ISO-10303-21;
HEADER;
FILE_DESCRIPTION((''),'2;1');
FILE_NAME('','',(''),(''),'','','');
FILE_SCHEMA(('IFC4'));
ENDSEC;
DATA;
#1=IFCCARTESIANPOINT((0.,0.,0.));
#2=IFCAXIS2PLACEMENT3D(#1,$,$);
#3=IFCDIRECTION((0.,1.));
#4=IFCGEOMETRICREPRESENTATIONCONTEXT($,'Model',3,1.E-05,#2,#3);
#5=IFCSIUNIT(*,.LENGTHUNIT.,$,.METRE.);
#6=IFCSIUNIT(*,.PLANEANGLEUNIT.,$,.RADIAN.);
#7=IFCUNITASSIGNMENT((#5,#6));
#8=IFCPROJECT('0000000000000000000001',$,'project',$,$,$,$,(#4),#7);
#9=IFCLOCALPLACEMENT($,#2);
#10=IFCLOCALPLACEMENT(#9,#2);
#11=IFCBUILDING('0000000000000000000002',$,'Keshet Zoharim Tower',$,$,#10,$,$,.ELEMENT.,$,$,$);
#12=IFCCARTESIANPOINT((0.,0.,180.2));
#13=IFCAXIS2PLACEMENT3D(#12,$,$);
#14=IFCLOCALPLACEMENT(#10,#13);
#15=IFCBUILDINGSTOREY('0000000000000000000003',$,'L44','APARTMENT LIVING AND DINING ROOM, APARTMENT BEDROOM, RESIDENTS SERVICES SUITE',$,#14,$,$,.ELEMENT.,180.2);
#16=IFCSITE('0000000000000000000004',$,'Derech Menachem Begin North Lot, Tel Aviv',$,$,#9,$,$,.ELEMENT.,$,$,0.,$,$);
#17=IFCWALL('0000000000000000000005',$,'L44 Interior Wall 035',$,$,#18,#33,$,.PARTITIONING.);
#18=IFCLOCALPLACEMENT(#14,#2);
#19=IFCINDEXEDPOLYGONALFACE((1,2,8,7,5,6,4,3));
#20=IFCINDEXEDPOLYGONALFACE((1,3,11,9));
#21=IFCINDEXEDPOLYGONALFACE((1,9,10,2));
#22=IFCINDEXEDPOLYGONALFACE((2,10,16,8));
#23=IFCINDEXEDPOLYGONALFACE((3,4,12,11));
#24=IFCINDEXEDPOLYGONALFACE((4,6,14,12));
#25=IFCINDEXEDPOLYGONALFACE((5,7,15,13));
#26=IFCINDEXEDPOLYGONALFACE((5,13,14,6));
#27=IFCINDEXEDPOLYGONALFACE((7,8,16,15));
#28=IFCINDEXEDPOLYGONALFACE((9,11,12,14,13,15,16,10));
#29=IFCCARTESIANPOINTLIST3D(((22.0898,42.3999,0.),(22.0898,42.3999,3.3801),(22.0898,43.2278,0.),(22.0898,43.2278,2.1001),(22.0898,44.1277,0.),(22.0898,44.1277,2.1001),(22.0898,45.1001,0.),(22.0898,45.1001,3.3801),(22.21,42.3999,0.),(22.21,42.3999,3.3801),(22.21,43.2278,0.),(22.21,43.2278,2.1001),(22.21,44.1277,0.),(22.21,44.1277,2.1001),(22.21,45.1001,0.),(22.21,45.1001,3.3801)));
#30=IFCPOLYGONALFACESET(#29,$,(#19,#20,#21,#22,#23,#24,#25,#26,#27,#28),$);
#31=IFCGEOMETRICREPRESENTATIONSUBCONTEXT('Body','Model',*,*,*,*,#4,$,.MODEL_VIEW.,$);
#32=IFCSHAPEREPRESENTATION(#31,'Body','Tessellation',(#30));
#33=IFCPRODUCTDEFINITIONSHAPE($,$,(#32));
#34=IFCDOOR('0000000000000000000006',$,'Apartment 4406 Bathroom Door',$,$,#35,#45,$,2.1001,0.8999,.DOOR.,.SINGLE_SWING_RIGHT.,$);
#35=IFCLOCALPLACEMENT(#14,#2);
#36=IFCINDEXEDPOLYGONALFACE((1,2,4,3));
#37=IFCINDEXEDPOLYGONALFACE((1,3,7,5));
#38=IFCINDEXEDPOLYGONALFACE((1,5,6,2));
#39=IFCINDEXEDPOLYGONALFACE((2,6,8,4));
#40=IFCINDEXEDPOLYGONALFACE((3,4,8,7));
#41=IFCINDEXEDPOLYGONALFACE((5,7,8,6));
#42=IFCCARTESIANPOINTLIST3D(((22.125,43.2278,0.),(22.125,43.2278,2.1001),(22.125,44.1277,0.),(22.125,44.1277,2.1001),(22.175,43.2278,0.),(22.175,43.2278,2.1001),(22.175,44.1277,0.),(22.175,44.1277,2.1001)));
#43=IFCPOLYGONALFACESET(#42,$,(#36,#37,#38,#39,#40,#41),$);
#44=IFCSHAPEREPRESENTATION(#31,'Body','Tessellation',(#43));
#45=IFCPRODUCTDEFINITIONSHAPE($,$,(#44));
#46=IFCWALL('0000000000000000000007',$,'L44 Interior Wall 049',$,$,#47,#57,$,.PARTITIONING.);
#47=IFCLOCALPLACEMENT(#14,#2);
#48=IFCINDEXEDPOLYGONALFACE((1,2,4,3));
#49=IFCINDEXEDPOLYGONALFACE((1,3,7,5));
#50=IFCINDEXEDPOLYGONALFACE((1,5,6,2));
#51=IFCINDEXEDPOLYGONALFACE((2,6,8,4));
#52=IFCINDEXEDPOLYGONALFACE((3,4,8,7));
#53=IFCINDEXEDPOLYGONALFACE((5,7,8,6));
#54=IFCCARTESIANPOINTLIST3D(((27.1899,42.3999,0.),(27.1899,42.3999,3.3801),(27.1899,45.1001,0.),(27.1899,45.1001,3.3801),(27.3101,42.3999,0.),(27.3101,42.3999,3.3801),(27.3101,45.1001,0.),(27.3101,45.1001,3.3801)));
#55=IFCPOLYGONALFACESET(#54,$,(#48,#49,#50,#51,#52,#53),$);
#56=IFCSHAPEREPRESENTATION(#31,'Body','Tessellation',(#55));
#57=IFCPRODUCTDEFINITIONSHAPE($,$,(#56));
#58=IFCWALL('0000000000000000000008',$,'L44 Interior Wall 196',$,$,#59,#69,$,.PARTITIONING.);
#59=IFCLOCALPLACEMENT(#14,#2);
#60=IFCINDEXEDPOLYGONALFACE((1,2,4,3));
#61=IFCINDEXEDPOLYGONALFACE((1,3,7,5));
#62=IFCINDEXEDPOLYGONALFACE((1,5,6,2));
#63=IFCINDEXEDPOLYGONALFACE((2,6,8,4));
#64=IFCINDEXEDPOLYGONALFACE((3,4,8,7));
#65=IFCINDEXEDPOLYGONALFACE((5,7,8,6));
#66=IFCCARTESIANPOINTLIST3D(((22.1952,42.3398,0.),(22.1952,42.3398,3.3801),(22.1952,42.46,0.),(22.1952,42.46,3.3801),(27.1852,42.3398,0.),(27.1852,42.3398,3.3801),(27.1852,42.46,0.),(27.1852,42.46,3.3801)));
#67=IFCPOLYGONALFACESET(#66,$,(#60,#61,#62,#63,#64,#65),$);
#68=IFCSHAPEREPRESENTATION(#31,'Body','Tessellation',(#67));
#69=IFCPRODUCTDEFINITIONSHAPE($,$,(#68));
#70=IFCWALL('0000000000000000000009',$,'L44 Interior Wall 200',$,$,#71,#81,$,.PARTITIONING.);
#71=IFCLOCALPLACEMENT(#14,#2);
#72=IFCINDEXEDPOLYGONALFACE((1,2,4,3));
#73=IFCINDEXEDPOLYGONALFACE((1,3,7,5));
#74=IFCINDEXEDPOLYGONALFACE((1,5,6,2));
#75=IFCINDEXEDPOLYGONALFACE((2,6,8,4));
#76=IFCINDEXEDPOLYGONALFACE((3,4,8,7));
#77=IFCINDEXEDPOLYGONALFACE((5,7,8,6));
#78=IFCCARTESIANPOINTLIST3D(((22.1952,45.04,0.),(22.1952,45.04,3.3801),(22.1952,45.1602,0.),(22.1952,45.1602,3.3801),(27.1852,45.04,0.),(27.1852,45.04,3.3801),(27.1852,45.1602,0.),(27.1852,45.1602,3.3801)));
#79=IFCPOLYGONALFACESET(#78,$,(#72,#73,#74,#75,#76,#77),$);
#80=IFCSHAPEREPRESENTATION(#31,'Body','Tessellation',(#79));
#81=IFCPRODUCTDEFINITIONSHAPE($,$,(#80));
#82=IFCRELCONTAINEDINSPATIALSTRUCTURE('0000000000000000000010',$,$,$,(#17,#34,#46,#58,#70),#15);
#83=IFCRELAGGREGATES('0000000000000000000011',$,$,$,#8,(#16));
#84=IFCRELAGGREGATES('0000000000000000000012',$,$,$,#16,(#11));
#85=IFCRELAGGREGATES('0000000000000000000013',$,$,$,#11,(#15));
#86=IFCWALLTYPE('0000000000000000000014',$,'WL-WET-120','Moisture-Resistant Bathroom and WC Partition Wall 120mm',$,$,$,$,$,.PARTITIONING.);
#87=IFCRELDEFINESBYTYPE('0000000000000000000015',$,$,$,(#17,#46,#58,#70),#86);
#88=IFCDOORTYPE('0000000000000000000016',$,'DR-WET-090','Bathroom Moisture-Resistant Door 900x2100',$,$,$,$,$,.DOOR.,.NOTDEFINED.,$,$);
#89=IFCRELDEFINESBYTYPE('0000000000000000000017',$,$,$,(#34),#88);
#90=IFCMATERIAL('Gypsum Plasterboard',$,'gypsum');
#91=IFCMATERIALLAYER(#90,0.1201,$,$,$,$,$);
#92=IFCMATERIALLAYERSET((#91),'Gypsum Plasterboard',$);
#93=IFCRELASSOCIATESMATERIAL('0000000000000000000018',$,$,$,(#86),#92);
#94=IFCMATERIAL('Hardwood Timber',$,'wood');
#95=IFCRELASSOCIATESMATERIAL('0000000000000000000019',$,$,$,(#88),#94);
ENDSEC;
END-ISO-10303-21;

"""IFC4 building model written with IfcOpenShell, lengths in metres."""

from ifc_helpers import new_model, si_unit, direction, frame, frame_2d, origin, place, context, subcontext, project, spatial, rectangle, extrude, material, layer, layer_set, type_object, element, fill, save


model = new_model("IFC4")

# Units and contexts
model_context = context("Model", 3, precision=1e-05, world=origin(), true_north=direction((0.0, 1.0)))
body_context = subcontext(model_context, "Body", "Model", "MODEL_VIEW")
ifc_project = project(units=[si_unit("LENGTHUNIT", "METRE"), si_unit("PLANEANGLEUNIT", "RADIAN")], contexts=[model_context])

# Site, building, storey
site_placement = place(None, origin())
site = spatial("IfcSite", under=ifc_project, at=site_placement, Name="Derech Menachem Begin North Lot, Tel Aviv", CompositionType="ELEMENT", RefElevation=0.0)
building_placement = place(site_placement, origin())
building = spatial("IfcBuilding", under=site, at=building_placement, Name="Keshet Zoharim Tower", CompositionType="ELEMENT")
storey_placement = place(building_placement, frame((0.0, 0.0, 180.2)))
storey = spatial("IfcBuildingStorey", under=building, at=storey_placement, Name="L44", Description="APARTMENT LIVING AND DINING ROOM, APARTMENT BEDROOM, RESIDENTS SERVICES SUITE", CompositionType="ELEMENT", Elevation=180.2)

# Shared definitions
ifc_material_1 = material(Name="Gypsum Plasterboard", Category="gypsum")
ifc_material_2 = material(Name="Hardwood Timber", Category="wood")

# Shared definitions
ifc_layer_1 = layer(ifc_material_1, 0.1201)
ifc_layer_set_1 = layer_set([ifc_layer_1], Name="Gypsum Plasterboard")
wall_type_1 = type_object("IfcWallType", Name="WL-WET-120", Description="Moisture-Resistant Bathroom and WC Partition Wall 120mm", PredefinedType="PARTITIONING", material=ifc_layer_set_1)

# Wall, opening, door
wall_1_placement = place(storey_placement, frame((22.1499, 42.3999, 0.0), z_axis=(0.0, 0.0, 1.0), x_axis=(0.0, 1.0, 0.0)))
wall_1 = element("IfcWall", 1, at=wall_1_placement, inside=storey, type_object=wall_type_1, Name="L44 Interior Wall 035", PredefinedType="PARTITIONING", context=body_context, shape_type="SweptSolid", body=[
    extrude(rectangle(XDim=2.7002, YDim=0.1201, at=frame_2d((1.3501, 0.0))), origin(), (0.0, 0.0, 1.0), 3.3801),
])
opening_1_placement = place(wall_1_placement, frame((0.8279, 0.0, 0.0)))
opening_1 = element("IfcOpeningElement", 2, at=opening_1_placement, cuts=wall_1, PredefinedType="OPENING", context=body_context, shape_type="SweptSolid", body=[
    extrude(rectangle(XDim=0.8999, YDim=2.1001, at=frame_2d((0.45, 1.05))), frame((0.0, 0.0701, 0.0), z_axis=(0.0, -1.0, 0.0), x_axis=(1.0, 0.0, 0.0)), (0.0, 0.0, 1.0), 0.1401),
])
door_type_1 = type_object("IfcDoorType", Name="DR-WET-090", Description="Bathroom Moisture-Resistant Door 900x2100", OperationType="NOTDEFINED", PredefinedType="DOOR", material=ifc_material_2)
door_1_placement = place(opening_1_placement, origin())
door_1 = element("IfcDoor", 3, at=door_1_placement, inside=storey, type_object=door_type_1, Name="Apartment 4406 Bathroom Door", OperationType="SINGLE_SWING_RIGHT", OverallHeight=2.1001, OverallWidth=0.8999, PredefinedType="DOOR", context=body_context, shape_type="SweptSolid", body=[
    extrude(rectangle(XDim=0.8999, YDim=2.1001, at=frame_2d((0.45, 1.05))), frame((0.0, 0.0249, 0.0), z_axis=(0.0, -1.0, 0.0), x_axis=(1.0, 0.0, 0.0)), (0.0, 0.0, 1.0), 0.05),
])
fill(opening_1, door_1)

# Walls
wall_2_placement = place(storey_placement, frame((27.25, 42.3999, 0.0), z_axis=(0.0, 0.0, 1.0), x_axis=(0.0, 1.0, 0.0)))
element("IfcWall", 4, at=wall_2_placement, inside=storey, type_object=wall_type_1, Name="L44 Interior Wall 049", PredefinedType="PARTITIONING", context=body_context, shape_type="SweptSolid", body=[
    extrude(rectangle(XDim=2.7002, YDim=0.1201, at=frame_2d((1.3501, 0.0))), origin(), (0.0, 0.0, 1.0), 3.3801),
])
for number, where, z_axis, x_axis, name in (
    (5, (22.1951, 42.3999, 0.0), (0.0, 0.0, 1.0), (1.0, 0.0, 0.0), "L44 Interior Wall 196"),
    (6, (22.1951, 45.1001, 0.0), (0.0, 0.0, 1.0), (1.0, 0.0, 0.0), "L44 Interior Wall 200"),
):
    element("IfcWall", number, at=place(storey_placement, frame(where, z_axis=z_axis, x_axis=x_axis)), inside=storey, type_object=wall_type_1, Name=name, PredefinedType="PARTITIONING", context=body_context, shape_type="SweptSolid", body=[
        extrude(rectangle(XDim=4.99, YDim=0.1201, at=frame_2d((2.4951, 0.0))), origin(), (0.0, 0.0, 1.0), 3.3801),
    ])

save(model, "model.ifc")
